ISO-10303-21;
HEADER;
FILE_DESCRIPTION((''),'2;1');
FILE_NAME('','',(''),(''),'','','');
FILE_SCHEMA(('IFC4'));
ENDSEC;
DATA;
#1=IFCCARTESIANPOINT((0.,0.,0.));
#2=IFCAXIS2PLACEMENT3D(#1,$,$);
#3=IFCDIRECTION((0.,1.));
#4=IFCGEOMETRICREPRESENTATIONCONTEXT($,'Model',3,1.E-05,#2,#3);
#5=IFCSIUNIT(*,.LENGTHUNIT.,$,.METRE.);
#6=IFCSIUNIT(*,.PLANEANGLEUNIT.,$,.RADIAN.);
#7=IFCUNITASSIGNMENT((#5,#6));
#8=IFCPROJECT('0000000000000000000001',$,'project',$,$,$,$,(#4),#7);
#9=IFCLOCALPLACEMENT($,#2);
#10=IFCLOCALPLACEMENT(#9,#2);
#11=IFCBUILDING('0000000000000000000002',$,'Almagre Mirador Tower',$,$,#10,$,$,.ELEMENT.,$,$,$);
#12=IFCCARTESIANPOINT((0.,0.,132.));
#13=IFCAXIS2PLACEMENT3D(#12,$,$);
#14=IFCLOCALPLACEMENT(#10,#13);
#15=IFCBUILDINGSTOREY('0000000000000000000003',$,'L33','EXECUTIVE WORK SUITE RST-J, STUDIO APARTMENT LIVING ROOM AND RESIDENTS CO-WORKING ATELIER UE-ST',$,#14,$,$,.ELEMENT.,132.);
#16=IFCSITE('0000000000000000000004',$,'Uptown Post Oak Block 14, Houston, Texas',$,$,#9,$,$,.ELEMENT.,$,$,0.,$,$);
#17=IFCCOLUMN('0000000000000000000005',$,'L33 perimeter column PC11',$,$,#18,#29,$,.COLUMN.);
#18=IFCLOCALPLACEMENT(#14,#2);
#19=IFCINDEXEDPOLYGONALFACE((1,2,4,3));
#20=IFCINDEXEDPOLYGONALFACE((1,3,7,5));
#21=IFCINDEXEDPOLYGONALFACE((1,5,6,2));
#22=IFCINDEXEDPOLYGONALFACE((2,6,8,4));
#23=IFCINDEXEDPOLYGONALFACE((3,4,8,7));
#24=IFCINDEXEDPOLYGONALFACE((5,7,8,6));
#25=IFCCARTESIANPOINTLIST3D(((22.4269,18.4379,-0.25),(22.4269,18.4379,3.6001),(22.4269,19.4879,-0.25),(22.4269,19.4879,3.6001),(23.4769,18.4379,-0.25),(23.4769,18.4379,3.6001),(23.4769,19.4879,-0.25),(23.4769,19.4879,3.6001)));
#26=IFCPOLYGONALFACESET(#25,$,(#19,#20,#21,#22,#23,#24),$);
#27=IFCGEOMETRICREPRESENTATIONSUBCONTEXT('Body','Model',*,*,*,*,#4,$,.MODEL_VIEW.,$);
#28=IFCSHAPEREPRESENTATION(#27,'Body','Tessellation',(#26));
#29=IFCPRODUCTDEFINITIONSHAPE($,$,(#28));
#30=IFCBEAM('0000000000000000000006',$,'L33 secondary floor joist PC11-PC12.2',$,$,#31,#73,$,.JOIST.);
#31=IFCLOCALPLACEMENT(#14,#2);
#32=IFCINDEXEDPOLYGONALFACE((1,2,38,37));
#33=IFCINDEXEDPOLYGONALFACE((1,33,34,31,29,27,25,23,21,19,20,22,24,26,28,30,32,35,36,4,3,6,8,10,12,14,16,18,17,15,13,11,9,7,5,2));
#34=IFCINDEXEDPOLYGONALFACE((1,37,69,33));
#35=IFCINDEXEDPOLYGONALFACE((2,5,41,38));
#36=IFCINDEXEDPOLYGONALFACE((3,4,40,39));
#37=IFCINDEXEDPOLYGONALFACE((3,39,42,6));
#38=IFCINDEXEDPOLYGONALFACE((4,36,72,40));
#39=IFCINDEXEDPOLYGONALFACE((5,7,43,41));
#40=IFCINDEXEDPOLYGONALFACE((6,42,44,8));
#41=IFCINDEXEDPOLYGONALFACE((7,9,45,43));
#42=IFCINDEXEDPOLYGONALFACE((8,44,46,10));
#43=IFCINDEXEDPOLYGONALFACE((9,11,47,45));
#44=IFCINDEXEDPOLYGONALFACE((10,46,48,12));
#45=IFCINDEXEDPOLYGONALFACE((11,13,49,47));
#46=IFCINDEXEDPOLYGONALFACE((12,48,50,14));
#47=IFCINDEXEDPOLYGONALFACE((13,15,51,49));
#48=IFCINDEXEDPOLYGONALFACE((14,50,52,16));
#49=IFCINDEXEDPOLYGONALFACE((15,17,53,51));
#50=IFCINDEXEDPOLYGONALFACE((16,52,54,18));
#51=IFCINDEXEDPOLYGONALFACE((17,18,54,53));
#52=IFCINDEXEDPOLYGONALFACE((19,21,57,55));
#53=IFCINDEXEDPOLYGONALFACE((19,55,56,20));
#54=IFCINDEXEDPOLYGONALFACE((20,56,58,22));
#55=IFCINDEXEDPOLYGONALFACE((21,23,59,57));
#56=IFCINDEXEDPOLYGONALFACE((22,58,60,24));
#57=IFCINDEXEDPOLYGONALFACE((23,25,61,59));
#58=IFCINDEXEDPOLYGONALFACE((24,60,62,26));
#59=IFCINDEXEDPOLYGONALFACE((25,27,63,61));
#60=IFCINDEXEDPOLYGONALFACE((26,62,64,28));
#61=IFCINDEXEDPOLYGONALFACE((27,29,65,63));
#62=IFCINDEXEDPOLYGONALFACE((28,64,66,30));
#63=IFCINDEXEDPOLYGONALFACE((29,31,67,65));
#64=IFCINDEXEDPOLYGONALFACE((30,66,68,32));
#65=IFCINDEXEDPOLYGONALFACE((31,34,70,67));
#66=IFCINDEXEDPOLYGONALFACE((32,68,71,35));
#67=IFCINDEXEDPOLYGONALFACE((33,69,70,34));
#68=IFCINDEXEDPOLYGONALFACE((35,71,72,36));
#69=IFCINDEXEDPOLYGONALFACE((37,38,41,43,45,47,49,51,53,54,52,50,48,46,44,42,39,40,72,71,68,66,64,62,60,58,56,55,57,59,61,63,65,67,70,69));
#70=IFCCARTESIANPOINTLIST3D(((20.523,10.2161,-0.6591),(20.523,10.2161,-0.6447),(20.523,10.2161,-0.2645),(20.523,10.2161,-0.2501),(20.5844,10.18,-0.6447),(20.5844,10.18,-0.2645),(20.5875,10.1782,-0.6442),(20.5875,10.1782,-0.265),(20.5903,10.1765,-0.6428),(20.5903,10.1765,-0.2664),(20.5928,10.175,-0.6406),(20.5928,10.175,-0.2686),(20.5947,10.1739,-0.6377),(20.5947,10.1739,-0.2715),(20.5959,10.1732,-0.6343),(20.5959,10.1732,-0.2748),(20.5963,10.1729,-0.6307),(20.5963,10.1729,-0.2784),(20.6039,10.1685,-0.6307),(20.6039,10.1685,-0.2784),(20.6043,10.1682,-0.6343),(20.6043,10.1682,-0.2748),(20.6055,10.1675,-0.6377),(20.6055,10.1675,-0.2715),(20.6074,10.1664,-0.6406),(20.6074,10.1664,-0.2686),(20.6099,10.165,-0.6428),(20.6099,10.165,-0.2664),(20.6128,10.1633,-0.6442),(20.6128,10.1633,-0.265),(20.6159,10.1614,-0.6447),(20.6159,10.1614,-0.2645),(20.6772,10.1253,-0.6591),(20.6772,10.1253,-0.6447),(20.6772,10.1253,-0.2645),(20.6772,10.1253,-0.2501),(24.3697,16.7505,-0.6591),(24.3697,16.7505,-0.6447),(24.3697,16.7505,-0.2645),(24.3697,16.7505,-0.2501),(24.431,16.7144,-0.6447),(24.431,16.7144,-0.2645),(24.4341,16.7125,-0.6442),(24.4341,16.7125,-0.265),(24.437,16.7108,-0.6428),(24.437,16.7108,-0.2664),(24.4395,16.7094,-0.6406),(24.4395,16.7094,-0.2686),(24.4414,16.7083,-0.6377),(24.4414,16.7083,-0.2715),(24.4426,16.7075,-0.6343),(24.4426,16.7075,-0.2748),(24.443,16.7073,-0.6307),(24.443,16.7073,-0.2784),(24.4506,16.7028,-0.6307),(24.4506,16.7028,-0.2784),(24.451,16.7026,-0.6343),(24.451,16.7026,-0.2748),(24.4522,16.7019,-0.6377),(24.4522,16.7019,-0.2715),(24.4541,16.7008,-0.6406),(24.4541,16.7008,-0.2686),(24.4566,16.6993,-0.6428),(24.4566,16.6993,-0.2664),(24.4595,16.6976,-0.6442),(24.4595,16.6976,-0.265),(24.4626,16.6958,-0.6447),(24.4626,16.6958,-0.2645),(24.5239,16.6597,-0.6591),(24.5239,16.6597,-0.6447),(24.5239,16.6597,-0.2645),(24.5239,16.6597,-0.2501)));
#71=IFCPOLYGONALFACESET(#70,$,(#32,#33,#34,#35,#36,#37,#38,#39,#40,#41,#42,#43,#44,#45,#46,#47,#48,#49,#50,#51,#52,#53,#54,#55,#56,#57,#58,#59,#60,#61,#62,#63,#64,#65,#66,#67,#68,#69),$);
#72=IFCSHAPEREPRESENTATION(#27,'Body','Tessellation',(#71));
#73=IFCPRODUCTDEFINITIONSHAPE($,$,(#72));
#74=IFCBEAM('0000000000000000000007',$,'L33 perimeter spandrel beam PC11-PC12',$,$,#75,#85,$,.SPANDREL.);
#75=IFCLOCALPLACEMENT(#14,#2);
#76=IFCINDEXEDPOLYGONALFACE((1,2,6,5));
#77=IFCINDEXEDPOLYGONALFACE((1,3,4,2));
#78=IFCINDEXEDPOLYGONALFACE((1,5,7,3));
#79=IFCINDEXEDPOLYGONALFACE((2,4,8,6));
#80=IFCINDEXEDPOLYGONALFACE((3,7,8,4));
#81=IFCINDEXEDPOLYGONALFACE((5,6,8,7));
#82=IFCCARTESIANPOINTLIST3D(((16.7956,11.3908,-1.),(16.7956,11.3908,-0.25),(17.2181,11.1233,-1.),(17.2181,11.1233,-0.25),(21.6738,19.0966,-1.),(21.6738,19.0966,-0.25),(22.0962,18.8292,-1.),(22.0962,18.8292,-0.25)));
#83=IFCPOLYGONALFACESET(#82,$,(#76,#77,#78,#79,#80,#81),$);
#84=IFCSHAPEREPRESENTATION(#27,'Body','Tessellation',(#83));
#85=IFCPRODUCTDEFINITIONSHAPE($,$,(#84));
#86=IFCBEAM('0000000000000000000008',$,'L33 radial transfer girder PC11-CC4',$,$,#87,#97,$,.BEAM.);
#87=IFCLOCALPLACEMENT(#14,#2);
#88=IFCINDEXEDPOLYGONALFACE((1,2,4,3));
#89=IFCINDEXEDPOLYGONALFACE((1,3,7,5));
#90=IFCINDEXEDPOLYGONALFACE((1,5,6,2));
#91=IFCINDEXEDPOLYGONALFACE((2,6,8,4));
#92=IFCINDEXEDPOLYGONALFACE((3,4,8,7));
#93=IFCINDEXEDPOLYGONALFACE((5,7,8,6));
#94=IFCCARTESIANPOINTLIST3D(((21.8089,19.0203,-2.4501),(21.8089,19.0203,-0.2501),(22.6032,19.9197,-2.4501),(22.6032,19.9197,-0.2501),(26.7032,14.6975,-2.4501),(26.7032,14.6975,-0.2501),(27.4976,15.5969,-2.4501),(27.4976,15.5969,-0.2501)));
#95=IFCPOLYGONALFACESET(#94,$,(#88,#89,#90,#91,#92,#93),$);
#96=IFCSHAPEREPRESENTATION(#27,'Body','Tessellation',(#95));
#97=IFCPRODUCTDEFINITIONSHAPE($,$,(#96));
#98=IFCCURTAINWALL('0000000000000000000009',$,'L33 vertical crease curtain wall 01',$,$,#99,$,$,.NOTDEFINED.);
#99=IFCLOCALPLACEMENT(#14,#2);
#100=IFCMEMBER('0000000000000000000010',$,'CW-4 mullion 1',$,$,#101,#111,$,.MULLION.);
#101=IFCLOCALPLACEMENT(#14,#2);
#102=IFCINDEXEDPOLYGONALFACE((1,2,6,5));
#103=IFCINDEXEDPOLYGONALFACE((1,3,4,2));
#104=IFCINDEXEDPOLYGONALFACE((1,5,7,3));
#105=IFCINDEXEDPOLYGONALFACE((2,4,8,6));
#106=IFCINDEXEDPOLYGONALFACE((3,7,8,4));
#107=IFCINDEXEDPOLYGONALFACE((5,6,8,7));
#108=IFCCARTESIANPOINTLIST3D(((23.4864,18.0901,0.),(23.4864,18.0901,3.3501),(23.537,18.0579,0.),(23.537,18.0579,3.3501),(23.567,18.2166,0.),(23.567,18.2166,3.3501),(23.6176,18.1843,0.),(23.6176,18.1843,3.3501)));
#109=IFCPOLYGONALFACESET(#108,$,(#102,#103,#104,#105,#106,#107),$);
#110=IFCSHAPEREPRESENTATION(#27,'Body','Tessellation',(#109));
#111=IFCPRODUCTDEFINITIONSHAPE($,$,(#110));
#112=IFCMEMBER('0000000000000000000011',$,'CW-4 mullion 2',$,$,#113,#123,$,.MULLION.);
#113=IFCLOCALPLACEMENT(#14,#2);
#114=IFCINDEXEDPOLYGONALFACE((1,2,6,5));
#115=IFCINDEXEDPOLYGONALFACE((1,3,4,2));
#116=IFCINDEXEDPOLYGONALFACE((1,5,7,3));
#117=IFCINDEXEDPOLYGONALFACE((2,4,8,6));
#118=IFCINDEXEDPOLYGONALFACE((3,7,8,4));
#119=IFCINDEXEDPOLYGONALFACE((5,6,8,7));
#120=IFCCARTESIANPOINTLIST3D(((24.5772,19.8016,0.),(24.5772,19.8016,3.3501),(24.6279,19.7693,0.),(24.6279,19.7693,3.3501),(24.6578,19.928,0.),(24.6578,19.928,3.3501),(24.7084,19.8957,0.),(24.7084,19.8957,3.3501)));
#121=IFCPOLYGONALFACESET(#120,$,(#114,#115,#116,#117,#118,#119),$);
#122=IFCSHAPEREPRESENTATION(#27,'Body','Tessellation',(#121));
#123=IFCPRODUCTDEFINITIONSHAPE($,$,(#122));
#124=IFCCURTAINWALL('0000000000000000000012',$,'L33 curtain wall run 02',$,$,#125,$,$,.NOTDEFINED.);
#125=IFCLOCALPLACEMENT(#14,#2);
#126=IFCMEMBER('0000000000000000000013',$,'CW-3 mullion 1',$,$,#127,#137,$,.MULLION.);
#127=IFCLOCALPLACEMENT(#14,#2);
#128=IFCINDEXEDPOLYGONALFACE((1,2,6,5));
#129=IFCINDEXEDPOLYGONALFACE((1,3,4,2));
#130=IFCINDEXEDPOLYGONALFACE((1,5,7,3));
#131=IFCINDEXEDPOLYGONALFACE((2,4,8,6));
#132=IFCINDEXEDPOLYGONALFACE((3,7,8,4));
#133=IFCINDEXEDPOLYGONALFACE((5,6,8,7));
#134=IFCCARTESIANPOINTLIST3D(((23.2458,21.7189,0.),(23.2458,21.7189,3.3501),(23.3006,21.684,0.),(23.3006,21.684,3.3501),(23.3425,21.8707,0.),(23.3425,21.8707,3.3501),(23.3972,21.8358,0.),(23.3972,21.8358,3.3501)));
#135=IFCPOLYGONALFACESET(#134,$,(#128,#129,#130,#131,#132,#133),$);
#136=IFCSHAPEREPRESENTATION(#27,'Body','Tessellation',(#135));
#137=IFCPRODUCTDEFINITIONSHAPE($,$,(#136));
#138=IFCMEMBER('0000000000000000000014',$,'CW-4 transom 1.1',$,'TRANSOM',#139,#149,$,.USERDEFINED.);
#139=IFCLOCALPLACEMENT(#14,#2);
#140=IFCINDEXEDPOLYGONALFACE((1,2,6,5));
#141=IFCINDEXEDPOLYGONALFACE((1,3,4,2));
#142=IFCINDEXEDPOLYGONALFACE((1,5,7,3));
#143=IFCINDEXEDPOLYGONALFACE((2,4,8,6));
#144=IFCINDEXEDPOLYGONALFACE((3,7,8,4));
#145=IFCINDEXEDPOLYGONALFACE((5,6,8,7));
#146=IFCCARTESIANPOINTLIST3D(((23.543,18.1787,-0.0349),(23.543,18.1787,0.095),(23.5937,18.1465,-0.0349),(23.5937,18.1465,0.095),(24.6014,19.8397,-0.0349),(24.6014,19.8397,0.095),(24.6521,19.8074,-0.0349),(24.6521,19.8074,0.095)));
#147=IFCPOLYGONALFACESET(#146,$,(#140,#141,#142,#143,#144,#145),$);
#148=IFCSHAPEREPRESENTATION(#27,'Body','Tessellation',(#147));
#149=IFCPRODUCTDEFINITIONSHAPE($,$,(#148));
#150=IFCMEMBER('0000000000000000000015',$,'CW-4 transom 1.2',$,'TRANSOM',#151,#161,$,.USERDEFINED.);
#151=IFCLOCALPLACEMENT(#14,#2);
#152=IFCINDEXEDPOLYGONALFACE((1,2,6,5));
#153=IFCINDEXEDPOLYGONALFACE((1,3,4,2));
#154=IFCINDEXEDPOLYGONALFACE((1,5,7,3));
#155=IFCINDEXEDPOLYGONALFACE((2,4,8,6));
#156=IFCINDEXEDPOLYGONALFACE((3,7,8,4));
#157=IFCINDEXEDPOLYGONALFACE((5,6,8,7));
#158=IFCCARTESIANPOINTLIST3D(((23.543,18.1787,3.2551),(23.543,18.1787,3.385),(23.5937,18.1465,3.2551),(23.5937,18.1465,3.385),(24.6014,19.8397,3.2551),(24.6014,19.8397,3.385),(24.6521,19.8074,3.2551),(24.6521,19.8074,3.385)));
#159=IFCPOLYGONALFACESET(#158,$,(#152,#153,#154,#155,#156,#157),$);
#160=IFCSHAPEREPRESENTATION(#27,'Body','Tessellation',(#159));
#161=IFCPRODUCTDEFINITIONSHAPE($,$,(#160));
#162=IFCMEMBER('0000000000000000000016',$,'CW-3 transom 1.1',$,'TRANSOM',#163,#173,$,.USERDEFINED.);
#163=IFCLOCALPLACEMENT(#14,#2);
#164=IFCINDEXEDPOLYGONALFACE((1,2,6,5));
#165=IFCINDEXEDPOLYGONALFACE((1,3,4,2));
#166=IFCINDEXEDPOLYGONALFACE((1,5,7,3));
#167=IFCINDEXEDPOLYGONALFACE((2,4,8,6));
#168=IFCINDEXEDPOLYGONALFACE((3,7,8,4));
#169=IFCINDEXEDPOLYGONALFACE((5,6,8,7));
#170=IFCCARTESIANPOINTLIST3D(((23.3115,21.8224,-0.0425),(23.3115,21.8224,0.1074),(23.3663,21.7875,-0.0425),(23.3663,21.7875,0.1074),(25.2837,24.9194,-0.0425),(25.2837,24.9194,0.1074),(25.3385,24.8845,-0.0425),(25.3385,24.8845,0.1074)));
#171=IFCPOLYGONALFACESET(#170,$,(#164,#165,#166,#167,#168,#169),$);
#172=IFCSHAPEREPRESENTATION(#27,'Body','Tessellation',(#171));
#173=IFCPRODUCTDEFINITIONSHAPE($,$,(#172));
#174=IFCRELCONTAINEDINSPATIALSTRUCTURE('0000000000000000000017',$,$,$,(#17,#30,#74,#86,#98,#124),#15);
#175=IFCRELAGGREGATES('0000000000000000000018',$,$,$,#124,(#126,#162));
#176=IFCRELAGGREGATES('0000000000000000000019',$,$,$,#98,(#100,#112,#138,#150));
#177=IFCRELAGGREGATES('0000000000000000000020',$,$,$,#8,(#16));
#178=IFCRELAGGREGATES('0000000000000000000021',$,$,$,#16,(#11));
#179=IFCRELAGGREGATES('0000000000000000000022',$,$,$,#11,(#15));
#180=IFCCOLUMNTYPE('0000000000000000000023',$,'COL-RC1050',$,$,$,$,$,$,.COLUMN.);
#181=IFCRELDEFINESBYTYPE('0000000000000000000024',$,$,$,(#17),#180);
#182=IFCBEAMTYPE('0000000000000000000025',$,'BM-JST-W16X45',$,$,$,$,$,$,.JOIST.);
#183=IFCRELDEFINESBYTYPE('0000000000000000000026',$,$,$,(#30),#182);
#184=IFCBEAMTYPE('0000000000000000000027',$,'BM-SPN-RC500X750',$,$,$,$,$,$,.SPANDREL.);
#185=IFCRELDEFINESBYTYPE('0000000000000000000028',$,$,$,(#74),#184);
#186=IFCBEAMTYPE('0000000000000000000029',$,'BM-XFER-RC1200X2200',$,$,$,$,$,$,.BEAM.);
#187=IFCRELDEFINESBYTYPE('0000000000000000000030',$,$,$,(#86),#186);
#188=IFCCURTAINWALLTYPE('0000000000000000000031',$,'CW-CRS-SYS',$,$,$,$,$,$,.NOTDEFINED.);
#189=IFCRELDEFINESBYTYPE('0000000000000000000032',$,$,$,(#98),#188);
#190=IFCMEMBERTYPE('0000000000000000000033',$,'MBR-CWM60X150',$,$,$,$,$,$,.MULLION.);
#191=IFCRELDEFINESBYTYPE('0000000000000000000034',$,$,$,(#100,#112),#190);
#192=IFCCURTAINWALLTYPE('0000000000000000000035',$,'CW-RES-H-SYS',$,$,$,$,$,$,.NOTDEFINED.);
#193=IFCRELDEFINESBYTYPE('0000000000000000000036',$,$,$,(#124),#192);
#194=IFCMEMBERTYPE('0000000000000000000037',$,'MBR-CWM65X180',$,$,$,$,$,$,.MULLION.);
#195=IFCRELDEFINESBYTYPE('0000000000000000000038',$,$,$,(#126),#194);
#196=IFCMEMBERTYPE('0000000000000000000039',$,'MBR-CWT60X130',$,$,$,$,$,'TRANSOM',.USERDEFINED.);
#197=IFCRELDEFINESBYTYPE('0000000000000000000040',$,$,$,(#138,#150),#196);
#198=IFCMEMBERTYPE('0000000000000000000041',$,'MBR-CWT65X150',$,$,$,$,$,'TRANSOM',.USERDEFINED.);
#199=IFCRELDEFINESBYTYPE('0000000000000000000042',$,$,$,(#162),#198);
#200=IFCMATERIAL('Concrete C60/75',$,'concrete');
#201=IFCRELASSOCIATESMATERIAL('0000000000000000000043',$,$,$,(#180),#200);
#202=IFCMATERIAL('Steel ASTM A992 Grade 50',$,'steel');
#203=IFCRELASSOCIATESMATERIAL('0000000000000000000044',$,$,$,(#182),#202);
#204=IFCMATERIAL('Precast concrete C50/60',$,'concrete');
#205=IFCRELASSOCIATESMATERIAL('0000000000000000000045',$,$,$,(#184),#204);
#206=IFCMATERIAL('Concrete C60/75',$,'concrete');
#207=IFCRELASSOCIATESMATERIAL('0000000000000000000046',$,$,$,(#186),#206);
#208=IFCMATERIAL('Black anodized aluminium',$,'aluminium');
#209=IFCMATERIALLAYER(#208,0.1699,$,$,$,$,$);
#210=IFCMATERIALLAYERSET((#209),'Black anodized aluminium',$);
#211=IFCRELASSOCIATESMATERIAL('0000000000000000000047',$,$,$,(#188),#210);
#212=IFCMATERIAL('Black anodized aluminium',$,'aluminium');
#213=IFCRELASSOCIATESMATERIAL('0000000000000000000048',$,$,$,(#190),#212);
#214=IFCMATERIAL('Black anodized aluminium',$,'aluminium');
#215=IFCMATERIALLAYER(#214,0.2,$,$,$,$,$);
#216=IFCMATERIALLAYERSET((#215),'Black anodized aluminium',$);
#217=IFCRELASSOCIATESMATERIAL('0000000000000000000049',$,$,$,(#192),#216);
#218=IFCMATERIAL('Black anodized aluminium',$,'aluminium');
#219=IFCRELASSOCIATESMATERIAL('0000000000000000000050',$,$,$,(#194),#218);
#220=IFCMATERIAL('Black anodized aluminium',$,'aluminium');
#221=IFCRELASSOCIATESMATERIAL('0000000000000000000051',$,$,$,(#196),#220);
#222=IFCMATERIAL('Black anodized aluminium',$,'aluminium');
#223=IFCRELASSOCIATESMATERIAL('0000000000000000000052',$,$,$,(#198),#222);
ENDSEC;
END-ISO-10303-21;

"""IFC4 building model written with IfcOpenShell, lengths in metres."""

from ifc_helpers import new_model, si_unit, direction, frame, origin, origin_2d, place, context, subcontext, project, spatial, rectangle, i_section, extrude, material, layer, layer_set, material_profile, profile_set, type_object, element, aggregate, save


model = new_model("IFC4")

# Units and contexts
model_context = context("Model", 3, precision=1e-05, world=origin(), true_north=direction((0.0, 1.0)))
body_context = subcontext(model_context, "Body", "Model", "MODEL_VIEW")
ifc_project = project(units=[si_unit("LENGTHUNIT", "METRE"), si_unit("PLANEANGLEUNIT", "RADIAN")], contexts=[model_context])

# Site, building, storey
site_placement = place(None, origin())
site = spatial("IfcSite", under=ifc_project, at=site_placement, Name="Uptown Post Oak Block 14, Houston, Texas", CompositionType="ELEMENT", RefElevation=0.0)
building_placement = place(site_placement, origin())
building = spatial("IfcBuilding", under=site, at=building_placement, Name="Almagre Mirador Tower", CompositionType="ELEMENT")
storey_placement = place(building_placement, frame((0.0, 0.0, 132.0)))
storey = spatial("IfcBuildingStorey", under=building, at=storey_placement, Name="L33", Description="EXECUTIVE WORK SUITE RST-J, STUDIO APARTMENT LIVING ROOM AND RESIDENTS CO-WORKING ATELIER UE-ST", CompositionType="ELEMENT", Elevation=132.0)

# Column
ifc_material_1 = material(Name="Concrete C60/75", Category="concrete")
ifc_material_profile_1 = material_profile(ifc_material_1, rectangle(XDim=1.05, YDim=1.05, at=origin_2d()), Name="RC1050X1050")
ifc_profile_set_1 = profile_set([ifc_material_profile_1], Name="Concrete C60/75")
column_type = type_object("IfcColumnType", Name="COL-RC1050", PredefinedType="COLUMN", material=ifc_profile_set_1)
column_placement = place(storey_placement, frame((22.9519, 18.9629, -0.25), z_axis=(0.0, 0.0, 1.0), x_axis=(1.0, 0.0, 0.0)))
element("IfcColumn", 1, at=column_placement, inside=storey, type_object=column_type, Name="L33 perimeter column PC11", PredefinedType="COLUMN", context=body_context, shape_type="SweptSolid", body=[
    extrude(rectangle(XDim=1.05, YDim=1.05, at=origin_2d()), origin(), (0.0, 0.0, 1.0), 3.8501),
])

# Beams
ifc_material_2 = material(Name="Steel ASTM A992 Grade 50", Category="steel")
ifc_material_profile_2 = material_profile(ifc_material_2, i_section(OverallWidth=0.179, OverallDepth=0.4089, WebThickness=0.0088, FlangeThickness=0.0144, FilletRadius=0.0139, at=origin_2d()), Name="W16X45")
ifc_profile_set_2 = profile_set([ifc_material_profile_2], Name="Steel ASTM A992 Grade 50")
beam_type_1 = type_object("IfcBeamType", Name="BM-JST-W16X45", PredefinedType="JOIST", material=ifc_profile_set_2)
beam_1_placement = place(storey_placement, frame((24.4468, 16.7051, -0.4546), z_axis=(-0.507304, -0.861767, 0.0), x_axis=(0.861767, -0.507304, 0.0)))
element("IfcBeam", 2, at=beam_1_placement, inside=storey, type_object=beam_type_1, Name="L33 secondary floor joist PC11-PC12.2", PredefinedType="JOIST", context=body_context, shape_type="SweptSolid", body=[
    extrude(i_section(OverallWidth=0.179, OverallDepth=0.4089, WebThickness=0.0088, FlangeThickness=0.0144, FilletRadius=0.0139, at=origin_2d()), origin(), (0.0, 0.0, 1.0), 7.5825),
])
ifc_material_3 = material(Name="Precast concrete C50/60", Category="concrete")
ifc_material_profile_3 = material_profile(ifc_material_3, rectangle(XDim=0.5, YDim=0.75, at=origin_2d()), Name="RC500X750")
ifc_profile_set_3 = profile_set([ifc_material_profile_3], Name="Precast concrete C50/60")
beam_type_2 = type_object("IfcBeamType", Name="BM-SPN-RC500X750", PredefinedType="SPANDREL", material=ifc_profile_set_3)
beam_2_placement = place(storey_placement, frame((21.885, 18.9629, -0.625), z_axis=(-0.534882, -0.844927, 0.0), x_axis=(0.844927, -0.534882, 0.0)))
element("IfcBeam", 3, at=beam_2_placement, inside=storey, type_object=beam_type_2, Name="L33 perimeter spandrel beam PC11-PC12", PredefinedType="SPANDREL", context=body_context, shape_type="SweptSolid", body=[
    extrude(rectangle(XDim=0.5, YDim=0.75, at=origin_2d()), origin(), (0.0, 0.0, 1.0), 9.1201),
])
ifc_material_4 = material(Name="Concrete C60/75", Category="concrete")
ifc_material_profile_4 = material_profile(ifc_material_4, rectangle(XDim=1.2, YDim=2.2, at=origin_2d()), Name="RC1200X2200")
ifc_profile_set_4 = profile_set([ifc_material_profile_4], Name="Concrete C60/75")
beam_type_3 = type_object("IfcBeamType", Name="BM-XFER-RC1200X2200", PredefinedType="BEAM", material=ifc_profile_set_4)
beam_3_placement = place(storey_placement, frame((22.2061, 19.47, -1.3501), z_axis=(0.749514, -0.661989, 0.0), x_axis=(0.661989, 0.749514, 0.0)))
element("IfcBeam", 4, at=beam_3_placement, inside=storey, type_object=beam_type_3, Name="L33 radial transfer girder PC11-CC4", PredefinedType="BEAM", context=body_context, shape_type="SweptSolid", body=[
    extrude(rectangle(XDim=1.2, YDim=2.2, at=origin_2d()), origin(), (0.0, 0.0, 1.0), 6.53),
])

# Curtain wall, members
ifc_material_5 = material(Name="Black anodized aluminium", Category="aluminium")
ifc_layer_1 = layer(ifc_material_5, 0.1699)
ifc_layer_set_1 = layer_set([ifc_layer_1], Name="Black anodized aluminium")
curtain_wall_type_1 = type_object("IfcCurtainWallType", Name="CW-CRS-SYS", PredefinedType="NOTDEFINED", material=ifc_layer_set_1)
curtain_wall_1_placement = place(storey_placement, origin())
curtain_wall_1 = element("IfcCurtainWall", 5, at=curtain_wall_1_placement, inside=storey, type_object=curtain_wall_type_1, Name="L33 vertical crease curtain wall 01", PredefinedType="NOTDEFINED")
ifc_material_6 = material(Name="Black anodized aluminium", Category="aluminium")
ifc_material_profile_5 = material_profile(ifc_material_6, rectangle(XDim=0.0601, YDim=0.1499, at=origin_2d()), Name="CWM60X150")
ifc_profile_set_5 = profile_set([ifc_material_profile_5], Name="Black anodized aluminium")
member_type_1 = type_object("IfcMemberType", Name="MBR-CWM60X150", PredefinedType="MULLION", material=ifc_profile_set_5)
member_1_placement = place(storey_placement, frame((23.552, 18.1372, 0.0), z_axis=(0.0, 0.0, 1.0), x_axis=(-0.843287, 0.537464, 0.0)))
member_1 = element("IfcMember", 6, at=member_1_placement, type_object=member_type_1, Name="CW-4 mullion 1", PredefinedType="MULLION", context=body_context, shape_type="SweptSolid", body=[
    extrude(rectangle(XDim=0.0601, YDim=0.1499, at=origin_2d()), origin(), (0.0, 0.0, 1.0), 3.3501),
])
member_2_placement = place(storey_placement, frame((24.6428, 19.8486, 0.0), z_axis=(0.0, 0.0, 1.0), x_axis=(-0.843287, 0.537464, 0.0)))
member_2 = element("IfcMember", 7, at=member_2_placement, type_object=member_type_1, Name="CW-4 mullion 2", PredefinedType="MULLION", context=body_context, shape_type="SweptSolid", body=[
    extrude(rectangle(XDim=0.0601, YDim=0.1499, at=origin_2d()), origin(), (0.0, 0.0, 1.0), 3.3501),
])

# Curtain wall, member
ifc_material_7 = material(Name="Black anodized aluminium", Category="aluminium")
ifc_layer_2 = layer(ifc_material_7, 0.2)
ifc_layer_set_2 = layer_set([ifc_layer_2], Name="Black anodized aluminium")
curtain_wall_type_2 = type_object("IfcCurtainWallType", Name="CW-RES-H-SYS", PredefinedType="NOTDEFINED", material=ifc_layer_set_2)
curtain_wall_2_placement = place(storey_placement, origin())
curtain_wall_2 = element("IfcCurtainWall", 8, at=curtain_wall_2_placement, inside=storey, type_object=curtain_wall_type_2, Name="L33 curtain wall run 02", PredefinedType="NOTDEFINED")
ifc_material_8 = material(Name="Black anodized aluminium", Category="aluminium")
ifc_material_profile_6 = material_profile(ifc_material_8, rectangle(XDim=0.0649, YDim=0.1799, at=origin_2d()), Name="CWM65X180")
ifc_profile_set_6 = profile_set([ifc_material_profile_6], Name="Black anodized aluminium")
member_type_2 = type_object("IfcMemberType", Name="MBR-CWM65X180", PredefinedType="MULLION", material=ifc_profile_set_6)
member_3_placement = place(storey_placement, frame((23.3215, 21.7773, 0.0), z_axis=(0.0, 0.0, 1.0), x_axis=(-0.843508, 0.537117, 0.0)))
member_3 = element("IfcMember", 9, at=member_3_placement, type_object=member_type_2, Name="CW-3 mullion 1", PredefinedType="MULLION", context=body_context, shape_type="SweptSolid", body=[
    extrude(rectangle(XDim=0.0649, YDim=0.1799, at=origin_2d()), origin(), (0.0, 0.0, 1.0), 3.3501),
])

# Members
ifc_material_9 = material(Name="Black anodized aluminium", Category="aluminium")
ifc_material_profile_7 = material_profile(ifc_material_9, rectangle(XDim=0.0601, YDim=0.1299, at=origin_2d()), Name="CWT60X130")
ifc_profile_set_7 = profile_set([ifc_material_profile_7], Name="Black anodized aluminium")
member_type_3 = type_object("IfcMemberType", Name="MBR-CWT60X130", ElementType="TRANSOM", PredefinedType="USERDEFINED", material=ifc_profile_set_7)
member_4_placement = place(storey_placement, frame((23.5684, 18.1626, 0.03), z_axis=(0.537389, 0.843335, 0.0), x_axis=(-0.843335, 0.537389, 0.0)))
member_4 = element("IfcMember", 10, at=member_4_placement, type_object=member_type_3, Name="CW-4 transom 1.1", ObjectType="TRANSOM", PredefinedType="USERDEFINED", context=body_context, shape_type="SweptSolid", body=[
    extrude(rectangle(XDim=0.0601, YDim=0.1299, at=origin_2d()), origin(), (0.0, 0.0, 1.0), 1.9695),
])
member_5_placement = place(storey_placement, frame((23.5684, 18.1626, 3.3201), z_axis=(0.537389, 0.843335, 0.0), x_axis=(-0.843335, 0.537389, 0.0)))
member_5 = element("IfcMember", 11, at=member_5_placement, type_object=member_type_3, Name="CW-4 transom 1.2", ObjectType="TRANSOM", PredefinedType="USERDEFINED", context=body_context, shape_type="SweptSolid", body=[
    extrude(rectangle(XDim=0.0601, YDim=0.1299, at=origin_2d()), origin(), (0.0, 0.0, 1.0), 1.9695),
])
ifc_material_10 = material(Name="Black anodized aluminium", Category="aluminium")
ifc_material_profile_8 = material_profile(ifc_material_10, rectangle(XDim=0.0649, YDim=0.1499, at=origin_2d()), Name="CWT65X150")
ifc_profile_set_8 = profile_set([ifc_material_profile_8], Name="Black anodized aluminium")
member_type_4 = type_object("IfcMemberType", Name="MBR-CWT65X150", ElementType="TRANSOM", PredefinedType="USERDEFINED", material=ifc_profile_set_8)
member_6_placement = place(storey_placement, frame((23.3389, 21.8049, 0.0325), z_axis=(0.537147, 0.843489, 0.0), x_axis=(-0.843489, 0.537147, 0.0)))
member_6 = element("IfcMember", 12, at=member_6_placement, type_object=member_type_4, Name="CW-3 transom 1.1", ObjectType="TRANSOM", PredefinedType="USERDEFINED", context=body_context, shape_type="SweptSolid", body=[
    extrude(rectangle(XDim=0.0649, YDim=0.1499, at=origin_2d()), origin(), (0.0, 0.0, 1.0), 3.6716),
])
aggregate(curtain_wall_2, [member_3, member_6])

aggregate(curtain_wall_1, [member_1, member_2, member_4, member_5])

save(model, "model.ifc")
